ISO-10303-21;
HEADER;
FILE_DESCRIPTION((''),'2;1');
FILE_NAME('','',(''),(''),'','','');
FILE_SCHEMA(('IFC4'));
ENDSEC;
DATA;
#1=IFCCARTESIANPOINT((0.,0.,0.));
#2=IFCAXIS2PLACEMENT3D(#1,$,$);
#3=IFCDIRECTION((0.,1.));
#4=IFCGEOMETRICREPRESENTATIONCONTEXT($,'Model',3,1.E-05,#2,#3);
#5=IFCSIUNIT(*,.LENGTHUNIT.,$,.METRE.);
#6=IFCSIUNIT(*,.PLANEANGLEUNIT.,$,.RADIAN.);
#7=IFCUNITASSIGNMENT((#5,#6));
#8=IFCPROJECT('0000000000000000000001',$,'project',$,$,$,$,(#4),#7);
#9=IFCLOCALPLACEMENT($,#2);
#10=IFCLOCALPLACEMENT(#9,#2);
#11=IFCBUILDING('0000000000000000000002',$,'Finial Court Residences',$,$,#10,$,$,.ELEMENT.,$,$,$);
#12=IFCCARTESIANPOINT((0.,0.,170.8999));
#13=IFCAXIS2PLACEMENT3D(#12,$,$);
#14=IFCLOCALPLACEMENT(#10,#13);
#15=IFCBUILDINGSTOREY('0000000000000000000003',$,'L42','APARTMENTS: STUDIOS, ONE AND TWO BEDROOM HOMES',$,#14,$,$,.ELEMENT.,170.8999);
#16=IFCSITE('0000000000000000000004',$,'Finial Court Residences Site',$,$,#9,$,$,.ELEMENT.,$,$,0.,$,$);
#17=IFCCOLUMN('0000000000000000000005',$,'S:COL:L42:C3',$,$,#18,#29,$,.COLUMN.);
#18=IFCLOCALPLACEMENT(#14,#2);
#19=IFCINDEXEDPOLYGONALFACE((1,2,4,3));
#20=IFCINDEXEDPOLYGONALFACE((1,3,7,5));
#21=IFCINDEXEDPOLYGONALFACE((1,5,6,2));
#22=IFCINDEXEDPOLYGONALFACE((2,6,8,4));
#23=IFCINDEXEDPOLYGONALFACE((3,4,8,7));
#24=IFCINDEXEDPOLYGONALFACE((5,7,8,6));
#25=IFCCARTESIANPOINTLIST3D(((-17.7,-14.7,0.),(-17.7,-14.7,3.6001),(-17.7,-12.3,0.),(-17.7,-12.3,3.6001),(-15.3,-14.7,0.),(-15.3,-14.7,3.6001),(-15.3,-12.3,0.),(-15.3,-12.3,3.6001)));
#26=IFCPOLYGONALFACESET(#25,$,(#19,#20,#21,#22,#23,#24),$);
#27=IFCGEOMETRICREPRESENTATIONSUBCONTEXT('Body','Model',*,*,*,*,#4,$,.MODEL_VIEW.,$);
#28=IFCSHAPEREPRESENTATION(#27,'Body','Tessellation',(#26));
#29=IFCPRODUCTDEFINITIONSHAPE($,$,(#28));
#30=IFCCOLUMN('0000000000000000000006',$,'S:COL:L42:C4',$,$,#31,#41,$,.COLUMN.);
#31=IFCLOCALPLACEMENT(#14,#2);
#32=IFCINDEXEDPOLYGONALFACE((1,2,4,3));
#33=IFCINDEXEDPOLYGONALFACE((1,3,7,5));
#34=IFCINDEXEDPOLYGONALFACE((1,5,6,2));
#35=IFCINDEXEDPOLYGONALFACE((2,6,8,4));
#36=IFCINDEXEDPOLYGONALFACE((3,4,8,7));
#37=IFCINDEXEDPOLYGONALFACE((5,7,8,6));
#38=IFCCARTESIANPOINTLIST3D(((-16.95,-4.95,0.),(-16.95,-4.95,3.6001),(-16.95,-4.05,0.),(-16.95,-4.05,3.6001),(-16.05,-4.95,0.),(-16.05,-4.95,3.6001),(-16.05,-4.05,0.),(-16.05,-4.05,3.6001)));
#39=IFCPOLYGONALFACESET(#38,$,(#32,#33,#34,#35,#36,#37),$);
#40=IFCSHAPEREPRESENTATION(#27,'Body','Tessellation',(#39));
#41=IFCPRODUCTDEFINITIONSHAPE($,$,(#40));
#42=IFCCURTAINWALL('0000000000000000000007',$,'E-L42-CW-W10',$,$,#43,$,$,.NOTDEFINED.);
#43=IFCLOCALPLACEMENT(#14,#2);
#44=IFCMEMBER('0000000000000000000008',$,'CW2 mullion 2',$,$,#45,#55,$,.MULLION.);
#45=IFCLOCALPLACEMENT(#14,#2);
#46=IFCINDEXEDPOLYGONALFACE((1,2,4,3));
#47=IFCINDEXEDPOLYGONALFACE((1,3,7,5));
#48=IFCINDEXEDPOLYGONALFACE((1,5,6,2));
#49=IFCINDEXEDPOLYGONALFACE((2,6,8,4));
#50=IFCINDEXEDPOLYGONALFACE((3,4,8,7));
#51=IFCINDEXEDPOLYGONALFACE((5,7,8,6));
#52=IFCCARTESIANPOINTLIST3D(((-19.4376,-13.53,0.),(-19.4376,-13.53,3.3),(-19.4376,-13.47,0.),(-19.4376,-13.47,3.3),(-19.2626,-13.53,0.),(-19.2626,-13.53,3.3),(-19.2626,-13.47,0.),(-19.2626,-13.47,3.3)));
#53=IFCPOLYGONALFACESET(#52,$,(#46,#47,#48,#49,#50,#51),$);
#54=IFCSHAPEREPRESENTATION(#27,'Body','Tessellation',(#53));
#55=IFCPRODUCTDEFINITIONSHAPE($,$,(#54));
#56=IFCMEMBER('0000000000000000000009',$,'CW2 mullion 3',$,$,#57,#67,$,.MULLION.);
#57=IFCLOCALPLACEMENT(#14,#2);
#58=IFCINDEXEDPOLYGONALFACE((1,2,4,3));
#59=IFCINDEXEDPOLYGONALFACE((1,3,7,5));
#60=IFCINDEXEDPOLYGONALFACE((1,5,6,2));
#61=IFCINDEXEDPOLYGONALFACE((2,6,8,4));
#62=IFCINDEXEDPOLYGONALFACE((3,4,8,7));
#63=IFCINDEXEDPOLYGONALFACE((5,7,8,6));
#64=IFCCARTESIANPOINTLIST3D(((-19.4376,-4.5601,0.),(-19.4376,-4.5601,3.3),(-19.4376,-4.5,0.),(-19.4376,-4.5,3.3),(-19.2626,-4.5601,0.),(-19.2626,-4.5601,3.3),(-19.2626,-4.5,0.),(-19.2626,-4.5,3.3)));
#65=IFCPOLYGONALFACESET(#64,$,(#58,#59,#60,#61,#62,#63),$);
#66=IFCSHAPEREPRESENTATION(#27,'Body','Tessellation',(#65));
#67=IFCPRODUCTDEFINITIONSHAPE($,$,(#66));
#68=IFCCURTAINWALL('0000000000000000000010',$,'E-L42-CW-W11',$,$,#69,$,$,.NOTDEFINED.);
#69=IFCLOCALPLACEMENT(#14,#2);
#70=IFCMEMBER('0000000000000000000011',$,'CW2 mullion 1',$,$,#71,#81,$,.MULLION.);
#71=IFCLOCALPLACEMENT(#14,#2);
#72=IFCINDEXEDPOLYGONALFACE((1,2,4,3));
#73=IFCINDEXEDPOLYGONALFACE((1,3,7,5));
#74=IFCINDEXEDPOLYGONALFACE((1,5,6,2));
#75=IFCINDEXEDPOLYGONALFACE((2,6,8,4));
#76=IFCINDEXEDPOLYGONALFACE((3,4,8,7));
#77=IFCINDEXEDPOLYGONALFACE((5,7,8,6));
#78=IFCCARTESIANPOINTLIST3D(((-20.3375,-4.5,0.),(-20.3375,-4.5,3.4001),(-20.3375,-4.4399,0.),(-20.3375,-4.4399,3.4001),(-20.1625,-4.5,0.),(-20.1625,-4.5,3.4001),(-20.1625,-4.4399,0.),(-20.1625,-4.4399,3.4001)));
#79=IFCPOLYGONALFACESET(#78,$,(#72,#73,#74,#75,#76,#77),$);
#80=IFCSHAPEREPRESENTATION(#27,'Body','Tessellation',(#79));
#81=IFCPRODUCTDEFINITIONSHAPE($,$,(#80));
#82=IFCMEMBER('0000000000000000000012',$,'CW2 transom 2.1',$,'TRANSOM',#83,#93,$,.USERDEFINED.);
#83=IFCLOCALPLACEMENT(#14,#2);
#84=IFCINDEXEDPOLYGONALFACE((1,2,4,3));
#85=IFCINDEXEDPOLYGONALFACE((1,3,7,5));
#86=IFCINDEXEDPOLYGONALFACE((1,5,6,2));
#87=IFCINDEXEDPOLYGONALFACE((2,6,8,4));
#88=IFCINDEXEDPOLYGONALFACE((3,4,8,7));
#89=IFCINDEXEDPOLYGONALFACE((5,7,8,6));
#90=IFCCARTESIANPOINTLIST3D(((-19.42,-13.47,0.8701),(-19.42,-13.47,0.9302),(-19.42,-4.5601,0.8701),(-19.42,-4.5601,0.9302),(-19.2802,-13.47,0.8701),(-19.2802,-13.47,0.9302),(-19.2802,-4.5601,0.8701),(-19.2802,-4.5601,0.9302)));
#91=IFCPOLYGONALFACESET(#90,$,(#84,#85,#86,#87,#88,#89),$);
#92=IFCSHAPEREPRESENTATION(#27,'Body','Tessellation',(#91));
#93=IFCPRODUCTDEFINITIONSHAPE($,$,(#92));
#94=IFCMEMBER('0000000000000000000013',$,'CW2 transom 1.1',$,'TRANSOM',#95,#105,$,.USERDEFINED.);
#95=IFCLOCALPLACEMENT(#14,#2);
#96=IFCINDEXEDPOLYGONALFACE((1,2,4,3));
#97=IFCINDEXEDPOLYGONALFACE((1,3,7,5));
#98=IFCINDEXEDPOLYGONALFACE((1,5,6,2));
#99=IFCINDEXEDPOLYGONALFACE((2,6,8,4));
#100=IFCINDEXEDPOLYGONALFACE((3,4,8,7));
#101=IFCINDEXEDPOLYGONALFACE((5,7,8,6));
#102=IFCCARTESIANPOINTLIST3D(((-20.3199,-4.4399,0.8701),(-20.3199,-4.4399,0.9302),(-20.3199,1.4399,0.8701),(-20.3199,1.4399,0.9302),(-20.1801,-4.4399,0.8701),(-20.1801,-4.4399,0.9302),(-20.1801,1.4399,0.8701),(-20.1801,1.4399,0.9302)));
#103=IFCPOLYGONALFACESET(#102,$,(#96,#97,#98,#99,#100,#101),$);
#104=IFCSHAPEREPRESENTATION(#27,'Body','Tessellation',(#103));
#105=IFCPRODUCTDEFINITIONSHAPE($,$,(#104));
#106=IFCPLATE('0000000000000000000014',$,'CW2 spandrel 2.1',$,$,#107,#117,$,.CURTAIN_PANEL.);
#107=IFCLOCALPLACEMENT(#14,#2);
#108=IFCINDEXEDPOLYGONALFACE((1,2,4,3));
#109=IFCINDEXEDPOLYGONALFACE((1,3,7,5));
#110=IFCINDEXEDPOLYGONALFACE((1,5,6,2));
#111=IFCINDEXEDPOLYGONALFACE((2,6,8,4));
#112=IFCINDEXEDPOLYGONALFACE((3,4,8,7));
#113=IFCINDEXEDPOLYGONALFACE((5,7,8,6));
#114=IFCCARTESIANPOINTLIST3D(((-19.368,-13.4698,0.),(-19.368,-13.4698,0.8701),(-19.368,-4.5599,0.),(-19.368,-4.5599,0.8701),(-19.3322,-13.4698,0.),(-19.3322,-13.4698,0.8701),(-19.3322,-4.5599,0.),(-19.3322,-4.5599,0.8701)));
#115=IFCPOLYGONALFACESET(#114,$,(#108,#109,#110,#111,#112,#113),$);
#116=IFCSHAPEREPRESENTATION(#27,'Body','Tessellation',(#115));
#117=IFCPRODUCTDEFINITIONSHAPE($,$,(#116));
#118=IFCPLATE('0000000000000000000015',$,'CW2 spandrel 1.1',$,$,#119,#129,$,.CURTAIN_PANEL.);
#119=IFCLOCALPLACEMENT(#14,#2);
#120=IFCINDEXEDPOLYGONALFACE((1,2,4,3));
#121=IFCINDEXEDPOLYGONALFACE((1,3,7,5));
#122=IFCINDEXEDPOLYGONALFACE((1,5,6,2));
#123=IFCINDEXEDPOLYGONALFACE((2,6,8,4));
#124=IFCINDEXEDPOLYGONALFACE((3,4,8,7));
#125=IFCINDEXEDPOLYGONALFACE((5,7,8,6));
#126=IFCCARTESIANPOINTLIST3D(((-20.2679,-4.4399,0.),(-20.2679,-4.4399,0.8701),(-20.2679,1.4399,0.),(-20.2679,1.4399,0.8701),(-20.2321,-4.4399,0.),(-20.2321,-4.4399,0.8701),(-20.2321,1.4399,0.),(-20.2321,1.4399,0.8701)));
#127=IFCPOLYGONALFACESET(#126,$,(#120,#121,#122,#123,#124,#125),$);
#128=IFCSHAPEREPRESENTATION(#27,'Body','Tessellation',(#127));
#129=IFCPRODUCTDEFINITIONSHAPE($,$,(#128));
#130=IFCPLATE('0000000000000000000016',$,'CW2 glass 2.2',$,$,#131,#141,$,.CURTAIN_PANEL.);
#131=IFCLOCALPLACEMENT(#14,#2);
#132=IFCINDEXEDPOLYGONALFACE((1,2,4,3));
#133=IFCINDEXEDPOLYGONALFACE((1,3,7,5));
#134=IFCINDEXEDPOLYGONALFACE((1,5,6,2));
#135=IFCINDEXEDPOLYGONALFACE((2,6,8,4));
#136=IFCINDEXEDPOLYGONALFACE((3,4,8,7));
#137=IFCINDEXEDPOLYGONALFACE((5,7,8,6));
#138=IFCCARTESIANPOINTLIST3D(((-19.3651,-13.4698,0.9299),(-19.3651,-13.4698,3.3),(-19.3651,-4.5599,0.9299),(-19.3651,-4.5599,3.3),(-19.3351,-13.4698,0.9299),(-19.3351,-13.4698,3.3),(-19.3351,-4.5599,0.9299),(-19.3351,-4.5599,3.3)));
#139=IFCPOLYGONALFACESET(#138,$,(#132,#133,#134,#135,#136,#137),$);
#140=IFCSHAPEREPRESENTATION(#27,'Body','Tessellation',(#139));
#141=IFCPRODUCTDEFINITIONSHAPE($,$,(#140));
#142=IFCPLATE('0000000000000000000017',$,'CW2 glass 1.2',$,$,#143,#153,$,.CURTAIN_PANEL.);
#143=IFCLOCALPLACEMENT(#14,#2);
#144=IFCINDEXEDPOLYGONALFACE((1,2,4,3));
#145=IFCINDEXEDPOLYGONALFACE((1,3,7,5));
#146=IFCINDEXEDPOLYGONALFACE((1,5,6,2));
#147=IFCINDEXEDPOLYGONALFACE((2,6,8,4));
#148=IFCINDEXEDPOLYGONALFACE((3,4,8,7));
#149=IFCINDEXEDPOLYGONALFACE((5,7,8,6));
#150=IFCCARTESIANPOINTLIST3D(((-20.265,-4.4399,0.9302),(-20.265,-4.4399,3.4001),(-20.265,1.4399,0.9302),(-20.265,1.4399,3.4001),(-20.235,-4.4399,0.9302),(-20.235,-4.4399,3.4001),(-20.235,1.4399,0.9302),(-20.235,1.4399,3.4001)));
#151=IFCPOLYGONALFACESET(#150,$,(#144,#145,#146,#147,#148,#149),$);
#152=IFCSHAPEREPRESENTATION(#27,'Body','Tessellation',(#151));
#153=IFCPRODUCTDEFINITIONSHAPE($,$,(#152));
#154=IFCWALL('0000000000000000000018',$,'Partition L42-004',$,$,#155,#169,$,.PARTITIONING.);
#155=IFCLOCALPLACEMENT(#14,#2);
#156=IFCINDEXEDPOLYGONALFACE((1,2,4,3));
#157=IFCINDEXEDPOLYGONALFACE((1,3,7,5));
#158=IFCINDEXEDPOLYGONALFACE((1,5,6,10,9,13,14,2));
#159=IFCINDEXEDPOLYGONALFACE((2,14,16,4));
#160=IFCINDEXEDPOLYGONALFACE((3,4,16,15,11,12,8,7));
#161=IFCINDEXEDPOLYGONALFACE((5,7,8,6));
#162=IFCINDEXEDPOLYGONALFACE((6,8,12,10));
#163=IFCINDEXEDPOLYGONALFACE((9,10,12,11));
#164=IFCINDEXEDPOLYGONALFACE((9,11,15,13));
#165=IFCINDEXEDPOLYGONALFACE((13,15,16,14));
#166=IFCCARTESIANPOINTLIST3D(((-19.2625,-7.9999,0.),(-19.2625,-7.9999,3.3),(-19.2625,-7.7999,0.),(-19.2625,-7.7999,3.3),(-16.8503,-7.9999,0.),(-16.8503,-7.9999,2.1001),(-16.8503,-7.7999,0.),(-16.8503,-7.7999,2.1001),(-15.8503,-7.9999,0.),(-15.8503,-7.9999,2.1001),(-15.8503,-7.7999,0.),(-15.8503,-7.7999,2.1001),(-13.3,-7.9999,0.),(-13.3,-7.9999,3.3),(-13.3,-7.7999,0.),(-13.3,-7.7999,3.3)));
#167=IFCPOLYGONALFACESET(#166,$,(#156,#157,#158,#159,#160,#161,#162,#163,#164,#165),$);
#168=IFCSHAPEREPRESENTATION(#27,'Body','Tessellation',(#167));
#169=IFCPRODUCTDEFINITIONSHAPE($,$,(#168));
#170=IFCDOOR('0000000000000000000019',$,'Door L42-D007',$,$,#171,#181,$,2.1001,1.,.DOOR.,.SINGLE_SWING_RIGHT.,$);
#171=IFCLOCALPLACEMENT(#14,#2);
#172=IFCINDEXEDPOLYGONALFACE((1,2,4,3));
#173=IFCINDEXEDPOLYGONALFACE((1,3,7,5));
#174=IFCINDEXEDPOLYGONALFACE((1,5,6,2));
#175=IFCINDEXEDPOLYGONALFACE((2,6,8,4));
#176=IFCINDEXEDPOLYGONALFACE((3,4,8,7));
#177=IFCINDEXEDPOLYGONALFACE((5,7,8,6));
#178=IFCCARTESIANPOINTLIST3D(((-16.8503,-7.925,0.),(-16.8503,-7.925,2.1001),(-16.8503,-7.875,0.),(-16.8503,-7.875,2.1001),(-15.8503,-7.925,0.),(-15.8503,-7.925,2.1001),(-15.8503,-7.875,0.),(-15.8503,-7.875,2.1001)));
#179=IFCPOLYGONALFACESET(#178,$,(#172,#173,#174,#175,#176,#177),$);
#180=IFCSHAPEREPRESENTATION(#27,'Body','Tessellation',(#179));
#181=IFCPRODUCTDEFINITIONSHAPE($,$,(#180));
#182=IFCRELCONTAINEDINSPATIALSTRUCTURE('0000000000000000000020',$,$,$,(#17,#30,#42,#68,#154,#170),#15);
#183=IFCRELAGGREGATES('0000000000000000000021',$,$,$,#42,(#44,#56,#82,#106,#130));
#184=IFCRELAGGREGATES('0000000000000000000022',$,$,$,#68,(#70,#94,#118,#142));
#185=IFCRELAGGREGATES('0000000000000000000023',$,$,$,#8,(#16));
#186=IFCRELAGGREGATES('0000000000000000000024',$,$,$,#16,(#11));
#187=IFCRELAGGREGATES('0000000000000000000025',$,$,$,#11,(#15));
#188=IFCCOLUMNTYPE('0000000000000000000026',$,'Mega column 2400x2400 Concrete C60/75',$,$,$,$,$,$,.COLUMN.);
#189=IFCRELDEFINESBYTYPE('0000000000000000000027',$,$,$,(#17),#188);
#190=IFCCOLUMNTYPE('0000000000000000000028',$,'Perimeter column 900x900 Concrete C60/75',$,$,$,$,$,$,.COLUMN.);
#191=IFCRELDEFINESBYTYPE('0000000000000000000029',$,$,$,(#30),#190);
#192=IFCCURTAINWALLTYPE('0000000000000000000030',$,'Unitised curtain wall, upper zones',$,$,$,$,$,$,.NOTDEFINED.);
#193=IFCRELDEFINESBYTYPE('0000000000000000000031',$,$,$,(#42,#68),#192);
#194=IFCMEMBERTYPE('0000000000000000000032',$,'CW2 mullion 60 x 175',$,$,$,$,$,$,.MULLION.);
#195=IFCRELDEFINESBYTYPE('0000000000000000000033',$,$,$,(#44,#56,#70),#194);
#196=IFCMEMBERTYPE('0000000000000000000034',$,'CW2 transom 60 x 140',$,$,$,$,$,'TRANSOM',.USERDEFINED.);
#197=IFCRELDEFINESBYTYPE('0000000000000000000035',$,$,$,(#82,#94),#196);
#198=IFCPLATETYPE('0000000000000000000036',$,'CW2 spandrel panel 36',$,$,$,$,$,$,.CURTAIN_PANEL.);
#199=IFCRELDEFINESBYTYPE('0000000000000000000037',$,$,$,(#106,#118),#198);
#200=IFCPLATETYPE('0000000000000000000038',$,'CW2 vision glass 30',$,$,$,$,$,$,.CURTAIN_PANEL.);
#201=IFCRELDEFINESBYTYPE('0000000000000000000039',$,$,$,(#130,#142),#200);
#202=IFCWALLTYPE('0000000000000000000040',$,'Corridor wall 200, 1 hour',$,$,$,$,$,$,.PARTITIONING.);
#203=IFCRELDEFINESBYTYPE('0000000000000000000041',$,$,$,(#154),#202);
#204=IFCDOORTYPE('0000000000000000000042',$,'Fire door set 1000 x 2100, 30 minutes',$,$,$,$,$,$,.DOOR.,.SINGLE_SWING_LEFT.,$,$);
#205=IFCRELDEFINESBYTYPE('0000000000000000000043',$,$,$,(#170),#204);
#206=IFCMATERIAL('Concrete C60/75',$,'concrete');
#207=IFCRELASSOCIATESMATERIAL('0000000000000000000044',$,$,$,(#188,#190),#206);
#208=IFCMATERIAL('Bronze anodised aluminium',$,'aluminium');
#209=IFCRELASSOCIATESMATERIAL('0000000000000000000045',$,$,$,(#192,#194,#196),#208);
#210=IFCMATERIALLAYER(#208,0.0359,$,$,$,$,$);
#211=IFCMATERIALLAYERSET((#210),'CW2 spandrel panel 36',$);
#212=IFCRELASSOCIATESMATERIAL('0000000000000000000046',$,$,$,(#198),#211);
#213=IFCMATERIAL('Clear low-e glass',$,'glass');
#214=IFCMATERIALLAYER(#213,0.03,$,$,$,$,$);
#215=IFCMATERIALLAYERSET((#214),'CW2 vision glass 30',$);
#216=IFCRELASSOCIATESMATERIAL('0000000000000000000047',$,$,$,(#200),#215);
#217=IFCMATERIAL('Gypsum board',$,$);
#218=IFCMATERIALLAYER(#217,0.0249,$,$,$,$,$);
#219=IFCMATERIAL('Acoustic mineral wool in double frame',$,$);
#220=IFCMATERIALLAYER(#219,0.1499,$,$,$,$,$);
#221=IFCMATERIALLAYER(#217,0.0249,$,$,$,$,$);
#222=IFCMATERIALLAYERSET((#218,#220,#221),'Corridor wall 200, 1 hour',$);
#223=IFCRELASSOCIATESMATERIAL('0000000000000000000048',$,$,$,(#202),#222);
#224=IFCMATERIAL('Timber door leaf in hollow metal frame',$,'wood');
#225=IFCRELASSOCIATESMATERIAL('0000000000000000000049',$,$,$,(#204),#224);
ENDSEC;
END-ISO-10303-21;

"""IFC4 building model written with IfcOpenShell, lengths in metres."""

from ifc_helpers import new_model, si_unit, direction, frame, frame_2d, origin, origin_2d, place, context, subcontext, project, spatial, rectangle, extrude, material, layer, layer_set, material_profile, profile_set, type_object, element, fill, aggregate, save


model = new_model("IFC4")

# Units and contexts
model_context = context("Model", 3, precision=1e-05, world=origin(), true_north=direction((0.0, 1.0)))
body_context = subcontext(model_context, "Body", "Model", "MODEL_VIEW")
ifc_project = project(units=[si_unit("LENGTHUNIT", "METRE"), si_unit("PLANEANGLEUNIT", "RADIAN")], contexts=[model_context])

# Site, building, storey
site_placement = place(None, origin())
site = spatial("IfcSite", under=ifc_project, at=site_placement, Name="Finial Court Residences Site", CompositionType="ELEMENT", RefElevation=0.0)
building_placement = place(site_placement, origin())
building = spatial("IfcBuilding", under=site, at=building_placement, Name="Finial Court Residences", CompositionType="ELEMENT")
storey_placement = place(building_placement, frame((0.0, 0.0, 170.8999)))
storey = spatial("IfcBuildingStorey", under=building, at=storey_placement, Name="L42", Description="APARTMENTS: STUDIOS, ONE AND TWO BEDROOM HOMES", CompositionType="ELEMENT", Elevation=170.8999)

# Columns
ifc_material_1 = material(Name="Concrete C60/75", Category="concrete")
ifc_material_profile_1 = material_profile(ifc_material_1, rectangle(XDim=2.3999, YDim=2.3999, at=origin_2d()), Name="2400x2400")
ifc_profile_set_1 = profile_set([ifc_material_profile_1], Name="Concrete C60/75")
column_type_1 = type_object("IfcColumnType", Name="Mega column 2400x2400 Concrete C60/75", PredefinedType="COLUMN", material=ifc_profile_set_1)
column_1_placement = place(storey_placement, frame((-16.5, -13.5, 0.0), z_axis=(0.0, 0.0, 1.0), x_axis=(1.0, 0.0, 0.0)))
element("IfcColumn", 1, at=column_1_placement, inside=storey, type_object=column_type_1, Name="S:COL:L42:C3", PredefinedType="COLUMN", context=body_context, shape_type="SweptSolid", body=[
    extrude(rectangle(XDim=2.3999, YDim=2.3999, at=origin_2d()), origin(), (0.0, 0.0, 1.0), 3.6001),
])
ifc_material_profile_2 = material_profile(ifc_material_1, rectangle(XDim=0.8999, YDim=0.8999, at=origin_2d()), Name="900x900")
ifc_profile_set_2 = profile_set([ifc_material_profile_2], Name="Concrete C60/75")
column_type_2 = type_object("IfcColumnType", Name="Perimeter column 900x900 Concrete C60/75", PredefinedType="COLUMN", material=ifc_profile_set_2)
column_2_placement = place(storey_placement, frame((-16.5, -4.5, 0.0), z_axis=(0.0, 0.0, 1.0), x_axis=(1.0, 0.0, 0.0)))
element("IfcColumn", 2, at=column_2_placement, inside=storey, type_object=column_type_2, Name="S:COL:L42:C4", PredefinedType="COLUMN", context=body_context, shape_type="SweptSolid", body=[
    extrude(rectangle(XDim=0.8999, YDim=0.8999, at=origin_2d()), origin(), (0.0, 0.0, 1.0), 3.6001),
])

# Curtain wall, members
ifc_material_2 = material(Name="Bronze anodised aluminium", Category="aluminium")
curtain_wall_type = type_object("IfcCurtainWallType", Name="Unitised curtain wall, upper zones", PredefinedType="NOTDEFINED", material=ifc_material_2)
curtain_wall_1_placement = place(storey_placement, origin())
curtain_wall_1 = element("IfcCurtainWall", 3, at=curtain_wall_1_placement, inside=storey, type_object=curtain_wall_type, Name="E-L42-CW-W10", PredefinedType="NOTDEFINED")
ifc_material_profile_3 = material_profile(ifc_material_2, rectangle(XDim=0.175, YDim=0.0601, at=origin_2d()), Name="CW2 mullion 60 x 175")
ifc_profile_set_3 = profile_set([ifc_material_profile_3], Name="Bronze anodised aluminium")
member_type_1 = type_object("IfcMemberType", Name="CW2 mullion 60 x 175", PredefinedType="MULLION", material=ifc_profile_set_3)
member_1_placement = place(storey_placement, frame((-19.3501, -13.5, 0.0), z_axis=(0.0, 0.0, 1.0), x_axis=(-1.0, 0.0, 0.0)))
member_1 = element("IfcMember", 4, at=member_1_placement, type_object=member_type_1, Name="CW2 mullion 2", PredefinedType="MULLION", context=body_context, shape_type="SweptSolid", body=[
    extrude(rectangle(XDim=0.175, YDim=0.0601, at=origin_2d()), origin(), (0.0, 0.0, 1.0), 3.3),
])
member_2_placement = place(storey_placement, frame((-19.3501, -4.53, 0.0), z_axis=(0.0, 0.0, 1.0), x_axis=(-1.0, 0.0, 0.0)))
member_2 = element("IfcMember", 5, at=member_2_placement, type_object=member_type_1, Name="CW2 mullion 3", PredefinedType="MULLION", context=body_context, shape_type="SweptSolid", body=[
    extrude(rectangle(XDim=0.175, YDim=0.0601, at=origin_2d()), origin(), (0.0, 0.0, 1.0), 3.3),
])

# Curtain wall, member
curtain_wall_2_placement = place(storey_placement, origin())
curtain_wall_2 = element("IfcCurtainWall", 6, at=curtain_wall_2_placement, inside=storey, type_object=curtain_wall_type, Name="E-L42-CW-W11", PredefinedType="NOTDEFINED")
member_3_placement = place(storey_placement, frame((-20.25, -4.47, 0.0), z_axis=(0.0, 0.0, 1.0), x_axis=(-1.0, 0.0, 0.0)))
member_3 = element("IfcMember", 7, at=member_3_placement, type_object=member_type_1, Name="CW2 mullion 1", PredefinedType="MULLION", context=body_context, shape_type="SweptSolid", body=[
    extrude(rectangle(XDim=0.175, YDim=0.0601, at=origin_2d()), origin(), (0.0, 0.0, 1.0), 3.4001),
])

# Members
ifc_material_profile_4 = material_profile(ifc_material_2, rectangle(XDim=0.1399, YDim=0.0601, at=origin_2d()), Name="CW2 transom 60 x 140")
ifc_profile_set_4 = profile_set([ifc_material_profile_4], Name="Bronze anodised aluminium")
member_type_2 = type_object("IfcMemberType", Name="CW2 transom 60 x 140", ElementType="TRANSOM", PredefinedType="USERDEFINED", material=ifc_profile_set_4)
member_4_placement = place(storey_placement, frame((-19.3501, -13.47, 0.9001), z_axis=(0.0, 1.0, 0.0), x_axis=(-1.0, 0.0, 0.0)))
member_4 = element("IfcMember", 8, at=member_4_placement, type_object=member_type_2, Name="CW2 transom 2.1", ObjectType="TRANSOM", PredefinedType="USERDEFINED", context=body_context, shape_type="SweptSolid", body=[
    extrude(rectangle(XDim=0.1399, YDim=0.0601, at=origin_2d()), origin(), (0.0, 0.0, 1.0), 8.9099),
])
member_5_placement = place(storey_placement, frame((-20.25, -4.4399, 0.9001), z_axis=(0.0, 1.0, 0.0), x_axis=(-1.0, 0.0, 0.0)))
member_5 = element("IfcMember", 9, at=member_5_placement, type_object=member_type_2, Name="CW2 transom 1.1", ObjectType="TRANSOM", PredefinedType="USERDEFINED", context=body_context, shape_type="SweptSolid", body=[
    extrude(rectangle(XDim=0.1399, YDim=0.0601, at=origin_2d()), origin(), (0.0, 0.0, 1.0), 5.8799),
])

# Plates
ifc_layer_1 = layer(ifc_material_2, 0.0359)
ifc_layer_set_1 = layer_set([ifc_layer_1], Name="CW2 spandrel panel 36")
plate_type_1 = type_object("IfcPlateType", Name="CW2 spandrel panel 36", PredefinedType="CURTAIN_PANEL", material=ifc_layer_set_1)
plate_1_placement = place(storey_placement, frame((-19.3501, -9.0149, 0.0), z_axis=(0.0, 0.0, 1.0), x_axis=(0.0, 1.0, 0.0)))
plate_1 = element("IfcPlate", 10, at=plate_1_placement, type_object=plate_type_1, Name="CW2 spandrel 2.1", PredefinedType="CURTAIN_PANEL", context=body_context, shape_type="SweptSolid", body=[
    extrude(rectangle(XDim=8.9099, YDim=0.0359, at=origin_2d()), origin(), (0.0, 0.0, 1.0), 0.8701),
])
plate_2_placement = place(storey_placement, frame((-20.25, -1.5, 0.0), z_axis=(0.0, 0.0, 1.0), x_axis=(0.0, 1.0, 0.0)))
plate_2 = element("IfcPlate", 11, at=plate_2_placement, type_object=plate_type_1, Name="CW2 spandrel 1.1", PredefinedType="CURTAIN_PANEL", context=body_context, shape_type="SweptSolid", body=[
    extrude(rectangle(XDim=5.8799, YDim=0.0359, at=origin_2d()), origin(), (0.0, 0.0, 1.0), 0.8701),
])
ifc_material_3 = material(Name="Clear low-e glass", Category="glass")
ifc_layer_2 = layer(ifc_material_3, 0.03)
ifc_layer_set_2 = layer_set([ifc_layer_2], Name="CW2 vision glass 30")
plate_type_2 = type_object("IfcPlateType", Name="CW2 vision glass 30", PredefinedType="CURTAIN_PANEL", material=ifc_layer_set_2)
plate_3_placement = place(storey_placement, frame((-19.3501, -9.0149, 0.9299), z_axis=(0.0, 0.0, 1.0), x_axis=(0.0, 1.0, 0.0)))
plate_3 = element("IfcPlate", 12, at=plate_3_placement, type_object=plate_type_2, Name="CW2 glass 2.2", PredefinedType="CURTAIN_PANEL", context=body_context, shape_type="SweptSolid", body=[
    extrude(rectangle(XDim=8.9099, YDim=0.03, at=origin_2d()), origin(), (0.0, 0.0, 1.0), 2.3701),
])
aggregate(curtain_wall_1, [member_1, member_2, member_4, plate_1, plate_3])
plate_4_placement = place(storey_placement, frame((-20.25, -1.5, 0.9302), z_axis=(0.0, 0.0, 1.0), x_axis=(0.0, 1.0, 0.0)))
plate_4 = element("IfcPlate", 13, at=plate_4_placement, type_object=plate_type_2, Name="CW2 glass 1.2", PredefinedType="CURTAIN_PANEL", context=body_context, shape_type="SweptSolid", body=[
    extrude(rectangle(XDim=5.8799, YDim=0.03, at=origin_2d()), origin(), (0.0, 0.0, 1.0), 2.47),
])
aggregate(curtain_wall_2, [member_3, member_5, plate_2, plate_4])

# Wall, opening, door
ifc_material_4 = material(Name="Gypsum board")
ifc_layer_3 = layer(ifc_material_4, 0.0249)
ifc_material_5 = material(Name="Acoustic mineral wool in double frame")
ifc_layer_4 = layer(ifc_material_5, 0.1499)
ifc_layer_5 = layer(ifc_material_4, 0.0249)
ifc_layer_set_3 = layer_set([ifc_layer_3, ifc_layer_4, ifc_layer_5], Name="Corridor wall 200, 1 hour")
wall_type_1 = type_object("IfcWallType", Name="Corridor wall 200, 1 hour", PredefinedType="PARTITIONING", material=ifc_layer_set_3)
wall_1_placement = place(storey_placement, frame((-19.2625, -7.8999, 0.0), z_axis=(0.0, 0.0, 1.0), x_axis=(1.0, 0.0, 0.0)))
wall_1 = element("IfcWall", 14, at=wall_1_placement, inside=storey, type_object=wall_type_1, Name="Partition L42-004", PredefinedType="PARTITIONING", context=body_context, shape_type="SweptSolid", body=[
    extrude(rectangle(XDim=5.9624, YDim=0.2, at=frame_2d((2.9812, 0.0))), origin(), (0.0, 0.0, 1.0), 3.3),
])
opening_1_placement = place(wall_1_placement, frame((2.4121, 0.0, 0.0)))
opening_1 = element("IfcOpeningElement", 15, at=opening_1_placement, cuts=wall_1, PredefinedType="OPENING", context=body_context, shape_type="SweptSolid", body=[
    extrude(rectangle(XDim=1.0, YDim=2.1001, at=frame_2d((0.5, 1.05))), frame((0.0, 0.1099, 0.0), z_axis=(0.0, -1.0, 0.0), x_axis=(1.0, 0.0, 0.0)), (0.0, 0.0, 1.0), 0.22),
])
ifc_material_6 = material(Name="Timber door leaf in hollow metal frame", Category="wood")
door_type_1 = type_object("IfcDoorType", Name="Fire door set 1000 x 2100, 30 minutes", OperationType="SINGLE_SWING_LEFT", PredefinedType="DOOR", material=ifc_material_6)
door_1_placement = place(opening_1_placement, origin())
door_1 = element("IfcDoor", 16, at=door_1_placement, inside=storey, type_object=door_type_1, Name="Door L42-D007", OperationType="SINGLE_SWING_RIGHT", OverallHeight=2.1001, OverallWidth=1.0, PredefinedType="DOOR", context=body_context, shape_type="SweptSolid", body=[
    extrude(rectangle(XDim=1.0, YDim=2.1001, at=frame_2d((0.5, 1.05))), frame((0.0, 0.0249, 0.0), z_axis=(0.0, -1.0, 0.0), x_axis=(1.0, 0.0, 0.0)), (0.0, 0.0, 1.0), 0.05),
])
fill(opening_1, door_1)

save(model, "model.ifc")
